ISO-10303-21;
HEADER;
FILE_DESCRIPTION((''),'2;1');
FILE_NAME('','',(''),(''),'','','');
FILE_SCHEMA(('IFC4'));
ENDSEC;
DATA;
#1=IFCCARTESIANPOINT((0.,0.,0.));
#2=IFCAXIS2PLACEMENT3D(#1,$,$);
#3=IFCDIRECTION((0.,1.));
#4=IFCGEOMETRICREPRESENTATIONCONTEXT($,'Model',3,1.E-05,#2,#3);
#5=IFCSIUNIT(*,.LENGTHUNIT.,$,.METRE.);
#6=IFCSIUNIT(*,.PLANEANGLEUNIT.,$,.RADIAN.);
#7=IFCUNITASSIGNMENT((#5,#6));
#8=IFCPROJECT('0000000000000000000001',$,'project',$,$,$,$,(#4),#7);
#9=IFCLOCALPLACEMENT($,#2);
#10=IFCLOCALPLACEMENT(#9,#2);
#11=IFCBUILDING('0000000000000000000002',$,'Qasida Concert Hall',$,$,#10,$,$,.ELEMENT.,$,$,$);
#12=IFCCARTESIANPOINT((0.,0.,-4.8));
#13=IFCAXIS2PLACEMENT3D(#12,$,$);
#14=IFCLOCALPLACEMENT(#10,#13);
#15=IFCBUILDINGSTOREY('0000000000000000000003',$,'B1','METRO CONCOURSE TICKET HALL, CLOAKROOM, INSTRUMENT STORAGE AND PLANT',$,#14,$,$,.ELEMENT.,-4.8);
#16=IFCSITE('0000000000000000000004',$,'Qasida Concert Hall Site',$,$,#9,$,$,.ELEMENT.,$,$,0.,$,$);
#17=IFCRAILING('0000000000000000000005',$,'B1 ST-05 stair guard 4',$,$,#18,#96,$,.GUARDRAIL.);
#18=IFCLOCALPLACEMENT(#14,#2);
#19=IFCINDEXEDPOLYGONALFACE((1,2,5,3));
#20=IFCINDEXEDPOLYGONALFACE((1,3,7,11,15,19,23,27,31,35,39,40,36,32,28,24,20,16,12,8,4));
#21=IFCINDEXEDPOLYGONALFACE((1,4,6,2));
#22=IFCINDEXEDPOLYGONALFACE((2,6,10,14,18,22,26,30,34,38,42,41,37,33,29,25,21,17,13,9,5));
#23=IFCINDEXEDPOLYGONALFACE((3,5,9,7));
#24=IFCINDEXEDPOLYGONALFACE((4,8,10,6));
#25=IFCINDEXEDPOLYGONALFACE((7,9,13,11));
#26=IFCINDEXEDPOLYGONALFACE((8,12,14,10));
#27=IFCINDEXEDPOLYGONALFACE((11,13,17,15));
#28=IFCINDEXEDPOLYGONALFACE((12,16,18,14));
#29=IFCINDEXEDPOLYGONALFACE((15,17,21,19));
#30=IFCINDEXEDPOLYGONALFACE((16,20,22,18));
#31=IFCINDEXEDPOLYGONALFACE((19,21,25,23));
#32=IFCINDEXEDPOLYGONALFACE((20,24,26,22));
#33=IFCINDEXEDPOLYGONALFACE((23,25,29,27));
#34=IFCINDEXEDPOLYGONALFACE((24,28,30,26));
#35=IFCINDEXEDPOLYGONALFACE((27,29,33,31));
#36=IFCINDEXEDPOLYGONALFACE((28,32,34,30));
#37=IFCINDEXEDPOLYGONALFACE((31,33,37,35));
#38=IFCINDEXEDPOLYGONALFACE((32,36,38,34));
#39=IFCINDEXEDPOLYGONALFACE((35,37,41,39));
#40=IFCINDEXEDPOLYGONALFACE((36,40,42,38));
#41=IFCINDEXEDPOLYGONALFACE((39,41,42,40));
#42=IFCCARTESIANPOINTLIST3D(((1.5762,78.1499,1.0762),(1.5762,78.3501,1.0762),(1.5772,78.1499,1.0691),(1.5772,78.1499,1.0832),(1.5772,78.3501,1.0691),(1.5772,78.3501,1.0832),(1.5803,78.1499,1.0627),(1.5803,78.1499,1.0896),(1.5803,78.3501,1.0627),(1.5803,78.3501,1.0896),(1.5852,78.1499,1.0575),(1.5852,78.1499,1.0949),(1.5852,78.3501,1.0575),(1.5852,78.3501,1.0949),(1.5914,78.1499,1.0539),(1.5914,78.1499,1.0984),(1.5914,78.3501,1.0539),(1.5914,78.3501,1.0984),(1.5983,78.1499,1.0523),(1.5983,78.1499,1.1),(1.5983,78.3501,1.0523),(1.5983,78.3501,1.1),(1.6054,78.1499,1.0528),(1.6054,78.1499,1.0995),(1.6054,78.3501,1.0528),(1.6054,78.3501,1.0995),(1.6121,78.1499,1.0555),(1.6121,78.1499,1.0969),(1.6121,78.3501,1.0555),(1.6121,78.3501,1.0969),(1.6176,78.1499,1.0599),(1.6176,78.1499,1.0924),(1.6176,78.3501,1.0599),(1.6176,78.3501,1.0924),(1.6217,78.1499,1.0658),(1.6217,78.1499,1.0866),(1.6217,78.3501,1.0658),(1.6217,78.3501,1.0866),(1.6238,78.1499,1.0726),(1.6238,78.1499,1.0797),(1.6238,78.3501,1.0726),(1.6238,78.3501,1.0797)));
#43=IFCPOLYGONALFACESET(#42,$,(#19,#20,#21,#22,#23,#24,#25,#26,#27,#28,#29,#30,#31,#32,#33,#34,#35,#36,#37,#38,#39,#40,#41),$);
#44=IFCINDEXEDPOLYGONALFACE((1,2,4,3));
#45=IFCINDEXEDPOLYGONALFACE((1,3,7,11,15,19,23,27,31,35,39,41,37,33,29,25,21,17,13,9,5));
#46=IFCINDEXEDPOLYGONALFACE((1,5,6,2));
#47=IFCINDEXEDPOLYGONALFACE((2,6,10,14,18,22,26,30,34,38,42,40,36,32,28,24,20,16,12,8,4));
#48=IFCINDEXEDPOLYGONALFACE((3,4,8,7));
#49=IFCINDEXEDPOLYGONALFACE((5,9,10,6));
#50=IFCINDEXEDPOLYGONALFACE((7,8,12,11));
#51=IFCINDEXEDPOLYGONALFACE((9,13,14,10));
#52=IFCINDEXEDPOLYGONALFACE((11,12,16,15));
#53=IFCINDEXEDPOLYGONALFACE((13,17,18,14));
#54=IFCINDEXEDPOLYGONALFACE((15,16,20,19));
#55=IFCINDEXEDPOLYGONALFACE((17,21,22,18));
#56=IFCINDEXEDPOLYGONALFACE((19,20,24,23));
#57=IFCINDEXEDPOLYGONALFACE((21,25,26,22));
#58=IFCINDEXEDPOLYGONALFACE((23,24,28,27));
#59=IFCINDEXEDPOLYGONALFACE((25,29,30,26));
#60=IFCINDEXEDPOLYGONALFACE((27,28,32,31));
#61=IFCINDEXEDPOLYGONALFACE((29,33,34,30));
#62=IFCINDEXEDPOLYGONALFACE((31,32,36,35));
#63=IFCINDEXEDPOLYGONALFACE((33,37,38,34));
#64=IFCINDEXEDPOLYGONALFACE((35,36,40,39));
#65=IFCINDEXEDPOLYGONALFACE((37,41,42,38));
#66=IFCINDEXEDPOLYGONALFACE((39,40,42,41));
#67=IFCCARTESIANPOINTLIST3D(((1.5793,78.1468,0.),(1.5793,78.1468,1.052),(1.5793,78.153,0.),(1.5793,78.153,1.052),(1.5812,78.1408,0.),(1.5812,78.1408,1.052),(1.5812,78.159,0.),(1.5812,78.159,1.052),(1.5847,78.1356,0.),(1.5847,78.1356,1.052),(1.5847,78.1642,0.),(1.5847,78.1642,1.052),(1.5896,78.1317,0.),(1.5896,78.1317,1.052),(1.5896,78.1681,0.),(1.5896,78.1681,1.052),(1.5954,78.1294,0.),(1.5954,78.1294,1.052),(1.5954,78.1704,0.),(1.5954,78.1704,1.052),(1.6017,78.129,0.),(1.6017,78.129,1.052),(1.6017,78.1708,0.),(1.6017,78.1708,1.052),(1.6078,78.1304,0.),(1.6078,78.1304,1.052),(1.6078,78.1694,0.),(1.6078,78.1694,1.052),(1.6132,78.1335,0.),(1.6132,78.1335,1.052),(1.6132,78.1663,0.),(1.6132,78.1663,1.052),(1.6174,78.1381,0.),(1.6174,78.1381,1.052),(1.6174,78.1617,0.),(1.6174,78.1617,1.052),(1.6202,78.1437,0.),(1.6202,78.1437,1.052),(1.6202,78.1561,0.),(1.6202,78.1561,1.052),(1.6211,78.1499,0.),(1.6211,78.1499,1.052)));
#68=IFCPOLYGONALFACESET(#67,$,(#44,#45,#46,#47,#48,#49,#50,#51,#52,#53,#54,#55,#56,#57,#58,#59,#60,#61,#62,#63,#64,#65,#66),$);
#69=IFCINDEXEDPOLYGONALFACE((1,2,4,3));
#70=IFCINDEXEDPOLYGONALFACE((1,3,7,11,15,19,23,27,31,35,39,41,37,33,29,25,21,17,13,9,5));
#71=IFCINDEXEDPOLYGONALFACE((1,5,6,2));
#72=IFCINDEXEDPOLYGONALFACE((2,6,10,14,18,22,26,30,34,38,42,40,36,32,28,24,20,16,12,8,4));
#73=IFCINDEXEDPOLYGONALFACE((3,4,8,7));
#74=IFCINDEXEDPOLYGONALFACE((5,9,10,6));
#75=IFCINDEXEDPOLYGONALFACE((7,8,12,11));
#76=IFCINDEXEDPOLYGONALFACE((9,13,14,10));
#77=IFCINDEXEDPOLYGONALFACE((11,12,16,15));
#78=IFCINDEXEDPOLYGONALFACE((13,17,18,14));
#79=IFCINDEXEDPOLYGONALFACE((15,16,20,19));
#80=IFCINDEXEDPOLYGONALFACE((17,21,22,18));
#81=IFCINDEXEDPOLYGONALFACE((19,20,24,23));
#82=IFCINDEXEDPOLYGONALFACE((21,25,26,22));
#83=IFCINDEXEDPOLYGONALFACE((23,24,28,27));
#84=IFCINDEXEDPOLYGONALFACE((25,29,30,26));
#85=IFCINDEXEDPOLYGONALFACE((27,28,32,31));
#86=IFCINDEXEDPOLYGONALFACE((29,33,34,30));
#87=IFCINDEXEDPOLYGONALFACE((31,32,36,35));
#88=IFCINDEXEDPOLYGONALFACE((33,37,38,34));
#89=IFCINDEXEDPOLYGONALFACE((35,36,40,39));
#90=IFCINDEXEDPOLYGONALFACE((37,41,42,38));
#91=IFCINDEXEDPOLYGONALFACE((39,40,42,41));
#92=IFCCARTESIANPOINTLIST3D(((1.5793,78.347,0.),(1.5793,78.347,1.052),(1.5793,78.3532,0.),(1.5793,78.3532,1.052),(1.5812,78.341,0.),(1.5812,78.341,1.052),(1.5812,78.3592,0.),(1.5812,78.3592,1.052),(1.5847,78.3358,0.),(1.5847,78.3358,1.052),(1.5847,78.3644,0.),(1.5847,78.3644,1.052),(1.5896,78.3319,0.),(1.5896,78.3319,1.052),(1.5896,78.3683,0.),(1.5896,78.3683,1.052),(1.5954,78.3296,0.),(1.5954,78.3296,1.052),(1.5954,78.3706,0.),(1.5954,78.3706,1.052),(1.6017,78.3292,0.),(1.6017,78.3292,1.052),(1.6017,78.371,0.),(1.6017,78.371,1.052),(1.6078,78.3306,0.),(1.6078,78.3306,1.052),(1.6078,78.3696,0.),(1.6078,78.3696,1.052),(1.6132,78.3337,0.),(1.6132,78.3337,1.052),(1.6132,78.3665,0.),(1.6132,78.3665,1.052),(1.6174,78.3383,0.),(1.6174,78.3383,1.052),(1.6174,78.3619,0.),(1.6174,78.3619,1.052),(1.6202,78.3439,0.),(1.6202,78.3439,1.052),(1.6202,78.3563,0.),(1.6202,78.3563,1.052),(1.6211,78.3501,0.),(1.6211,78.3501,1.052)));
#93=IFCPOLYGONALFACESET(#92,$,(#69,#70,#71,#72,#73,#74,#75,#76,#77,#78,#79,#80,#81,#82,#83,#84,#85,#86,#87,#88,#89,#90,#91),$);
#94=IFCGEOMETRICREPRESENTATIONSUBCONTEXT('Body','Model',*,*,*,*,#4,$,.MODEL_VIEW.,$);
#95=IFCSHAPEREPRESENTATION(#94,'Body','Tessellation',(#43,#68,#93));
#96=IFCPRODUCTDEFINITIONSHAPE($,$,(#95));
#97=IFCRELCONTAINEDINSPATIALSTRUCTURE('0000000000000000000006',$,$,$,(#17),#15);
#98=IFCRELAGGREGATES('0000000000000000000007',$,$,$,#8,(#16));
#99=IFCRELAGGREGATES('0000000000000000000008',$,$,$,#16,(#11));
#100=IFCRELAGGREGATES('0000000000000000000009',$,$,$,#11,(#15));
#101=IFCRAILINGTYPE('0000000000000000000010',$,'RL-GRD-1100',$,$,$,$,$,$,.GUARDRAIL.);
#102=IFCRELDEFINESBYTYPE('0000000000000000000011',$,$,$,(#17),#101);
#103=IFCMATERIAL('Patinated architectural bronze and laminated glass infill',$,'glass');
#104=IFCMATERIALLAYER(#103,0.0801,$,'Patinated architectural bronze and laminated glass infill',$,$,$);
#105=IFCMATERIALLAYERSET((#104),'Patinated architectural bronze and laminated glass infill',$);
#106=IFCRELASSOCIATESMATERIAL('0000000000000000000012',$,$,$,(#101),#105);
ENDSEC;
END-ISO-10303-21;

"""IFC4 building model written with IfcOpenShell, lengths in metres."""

from ifc_helpers import new_model, si_unit, direction, frame, origin, origin_2d, place, context, subcontext, project, spatial, circle, extrude, material, layer, layer_set, type_object, element, save


model = new_model("IFC4")

# Units and contexts
model_context = context("Model", 3, precision=1e-05, world=origin(), true_north=direction((0.0, 1.0)))
body_context = subcontext(model_context, "Body", "Model", "MODEL_VIEW")
ifc_project = project(units=[si_unit("LENGTHUNIT", "METRE"), si_unit("PLANEANGLEUNIT", "RADIAN")], contexts=[model_context])

# Site, building, storey
site_placement = place(None, origin())
site = spatial("IfcSite", under=ifc_project, at=site_placement, Name="Qasida Concert Hall Site", CompositionType="ELEMENT", RefElevation=0.0)
building_placement = place(site_placement, origin())
building = spatial("IfcBuilding", under=site, at=building_placement, Name="Qasida Concert Hall", CompositionType="ELEMENT")
storey_placement = place(building_placement, frame((0.0, 0.0, -4.8)))
storey = spatial("IfcBuildingStorey", under=building, at=storey_placement, Name="B1", Description="METRO CONCOURSE TICKET HALL, CLOAKROOM, INSTRUMENT STORAGE AND PLANT", CompositionType="ELEMENT", Elevation=-4.8)

# Railing
ifc_material_1 = material(Name="Patinated architectural bronze and laminated glass infill", Category="glass")
ifc_layer_1 = layer(ifc_material_1, 0.0801, Name="Patinated architectural bronze and laminated glass infill")
ifc_layer_set_1 = layer_set([ifc_layer_1], Name="Patinated architectural bronze and laminated glass infill")
railing_type_1 = type_object("IfcRailingType", Name="RL-GRD-1100", PredefinedType="GUARDRAIL", material=ifc_layer_set_1)
railing_1_placement = place(storey_placement, frame((1.6001, 78.1499, 0.0)))
element("IfcRailing", 1, at=railing_1_placement, inside=storey, type_object=railing_type_1, Name="B1 ST-05 stair guard 4", PredefinedType="GUARDRAIL", context=body_context, shape_type="SweptSolid", body=[
    extrude(circle(Radius=0.0239, at=origin_2d()), frame((0.0, 0.0, 1.0762), z_axis=(0.0, 1.0, 0.0), x_axis=(-1.0, 0.0, 0.0)), (0.0, 0.0, 1.0), 0.2002),
    extrude(circle(Radius=0.021, at=origin_2d()), origin(), (0.0, 0.0, 1.0), 1.052),
    extrude(circle(Radius=0.021, at=origin_2d()), frame((0.0, 0.2002, 0.0)), (0.0, 0.0, 1.0), 1.052),
])

save(model, "model.ifc")
